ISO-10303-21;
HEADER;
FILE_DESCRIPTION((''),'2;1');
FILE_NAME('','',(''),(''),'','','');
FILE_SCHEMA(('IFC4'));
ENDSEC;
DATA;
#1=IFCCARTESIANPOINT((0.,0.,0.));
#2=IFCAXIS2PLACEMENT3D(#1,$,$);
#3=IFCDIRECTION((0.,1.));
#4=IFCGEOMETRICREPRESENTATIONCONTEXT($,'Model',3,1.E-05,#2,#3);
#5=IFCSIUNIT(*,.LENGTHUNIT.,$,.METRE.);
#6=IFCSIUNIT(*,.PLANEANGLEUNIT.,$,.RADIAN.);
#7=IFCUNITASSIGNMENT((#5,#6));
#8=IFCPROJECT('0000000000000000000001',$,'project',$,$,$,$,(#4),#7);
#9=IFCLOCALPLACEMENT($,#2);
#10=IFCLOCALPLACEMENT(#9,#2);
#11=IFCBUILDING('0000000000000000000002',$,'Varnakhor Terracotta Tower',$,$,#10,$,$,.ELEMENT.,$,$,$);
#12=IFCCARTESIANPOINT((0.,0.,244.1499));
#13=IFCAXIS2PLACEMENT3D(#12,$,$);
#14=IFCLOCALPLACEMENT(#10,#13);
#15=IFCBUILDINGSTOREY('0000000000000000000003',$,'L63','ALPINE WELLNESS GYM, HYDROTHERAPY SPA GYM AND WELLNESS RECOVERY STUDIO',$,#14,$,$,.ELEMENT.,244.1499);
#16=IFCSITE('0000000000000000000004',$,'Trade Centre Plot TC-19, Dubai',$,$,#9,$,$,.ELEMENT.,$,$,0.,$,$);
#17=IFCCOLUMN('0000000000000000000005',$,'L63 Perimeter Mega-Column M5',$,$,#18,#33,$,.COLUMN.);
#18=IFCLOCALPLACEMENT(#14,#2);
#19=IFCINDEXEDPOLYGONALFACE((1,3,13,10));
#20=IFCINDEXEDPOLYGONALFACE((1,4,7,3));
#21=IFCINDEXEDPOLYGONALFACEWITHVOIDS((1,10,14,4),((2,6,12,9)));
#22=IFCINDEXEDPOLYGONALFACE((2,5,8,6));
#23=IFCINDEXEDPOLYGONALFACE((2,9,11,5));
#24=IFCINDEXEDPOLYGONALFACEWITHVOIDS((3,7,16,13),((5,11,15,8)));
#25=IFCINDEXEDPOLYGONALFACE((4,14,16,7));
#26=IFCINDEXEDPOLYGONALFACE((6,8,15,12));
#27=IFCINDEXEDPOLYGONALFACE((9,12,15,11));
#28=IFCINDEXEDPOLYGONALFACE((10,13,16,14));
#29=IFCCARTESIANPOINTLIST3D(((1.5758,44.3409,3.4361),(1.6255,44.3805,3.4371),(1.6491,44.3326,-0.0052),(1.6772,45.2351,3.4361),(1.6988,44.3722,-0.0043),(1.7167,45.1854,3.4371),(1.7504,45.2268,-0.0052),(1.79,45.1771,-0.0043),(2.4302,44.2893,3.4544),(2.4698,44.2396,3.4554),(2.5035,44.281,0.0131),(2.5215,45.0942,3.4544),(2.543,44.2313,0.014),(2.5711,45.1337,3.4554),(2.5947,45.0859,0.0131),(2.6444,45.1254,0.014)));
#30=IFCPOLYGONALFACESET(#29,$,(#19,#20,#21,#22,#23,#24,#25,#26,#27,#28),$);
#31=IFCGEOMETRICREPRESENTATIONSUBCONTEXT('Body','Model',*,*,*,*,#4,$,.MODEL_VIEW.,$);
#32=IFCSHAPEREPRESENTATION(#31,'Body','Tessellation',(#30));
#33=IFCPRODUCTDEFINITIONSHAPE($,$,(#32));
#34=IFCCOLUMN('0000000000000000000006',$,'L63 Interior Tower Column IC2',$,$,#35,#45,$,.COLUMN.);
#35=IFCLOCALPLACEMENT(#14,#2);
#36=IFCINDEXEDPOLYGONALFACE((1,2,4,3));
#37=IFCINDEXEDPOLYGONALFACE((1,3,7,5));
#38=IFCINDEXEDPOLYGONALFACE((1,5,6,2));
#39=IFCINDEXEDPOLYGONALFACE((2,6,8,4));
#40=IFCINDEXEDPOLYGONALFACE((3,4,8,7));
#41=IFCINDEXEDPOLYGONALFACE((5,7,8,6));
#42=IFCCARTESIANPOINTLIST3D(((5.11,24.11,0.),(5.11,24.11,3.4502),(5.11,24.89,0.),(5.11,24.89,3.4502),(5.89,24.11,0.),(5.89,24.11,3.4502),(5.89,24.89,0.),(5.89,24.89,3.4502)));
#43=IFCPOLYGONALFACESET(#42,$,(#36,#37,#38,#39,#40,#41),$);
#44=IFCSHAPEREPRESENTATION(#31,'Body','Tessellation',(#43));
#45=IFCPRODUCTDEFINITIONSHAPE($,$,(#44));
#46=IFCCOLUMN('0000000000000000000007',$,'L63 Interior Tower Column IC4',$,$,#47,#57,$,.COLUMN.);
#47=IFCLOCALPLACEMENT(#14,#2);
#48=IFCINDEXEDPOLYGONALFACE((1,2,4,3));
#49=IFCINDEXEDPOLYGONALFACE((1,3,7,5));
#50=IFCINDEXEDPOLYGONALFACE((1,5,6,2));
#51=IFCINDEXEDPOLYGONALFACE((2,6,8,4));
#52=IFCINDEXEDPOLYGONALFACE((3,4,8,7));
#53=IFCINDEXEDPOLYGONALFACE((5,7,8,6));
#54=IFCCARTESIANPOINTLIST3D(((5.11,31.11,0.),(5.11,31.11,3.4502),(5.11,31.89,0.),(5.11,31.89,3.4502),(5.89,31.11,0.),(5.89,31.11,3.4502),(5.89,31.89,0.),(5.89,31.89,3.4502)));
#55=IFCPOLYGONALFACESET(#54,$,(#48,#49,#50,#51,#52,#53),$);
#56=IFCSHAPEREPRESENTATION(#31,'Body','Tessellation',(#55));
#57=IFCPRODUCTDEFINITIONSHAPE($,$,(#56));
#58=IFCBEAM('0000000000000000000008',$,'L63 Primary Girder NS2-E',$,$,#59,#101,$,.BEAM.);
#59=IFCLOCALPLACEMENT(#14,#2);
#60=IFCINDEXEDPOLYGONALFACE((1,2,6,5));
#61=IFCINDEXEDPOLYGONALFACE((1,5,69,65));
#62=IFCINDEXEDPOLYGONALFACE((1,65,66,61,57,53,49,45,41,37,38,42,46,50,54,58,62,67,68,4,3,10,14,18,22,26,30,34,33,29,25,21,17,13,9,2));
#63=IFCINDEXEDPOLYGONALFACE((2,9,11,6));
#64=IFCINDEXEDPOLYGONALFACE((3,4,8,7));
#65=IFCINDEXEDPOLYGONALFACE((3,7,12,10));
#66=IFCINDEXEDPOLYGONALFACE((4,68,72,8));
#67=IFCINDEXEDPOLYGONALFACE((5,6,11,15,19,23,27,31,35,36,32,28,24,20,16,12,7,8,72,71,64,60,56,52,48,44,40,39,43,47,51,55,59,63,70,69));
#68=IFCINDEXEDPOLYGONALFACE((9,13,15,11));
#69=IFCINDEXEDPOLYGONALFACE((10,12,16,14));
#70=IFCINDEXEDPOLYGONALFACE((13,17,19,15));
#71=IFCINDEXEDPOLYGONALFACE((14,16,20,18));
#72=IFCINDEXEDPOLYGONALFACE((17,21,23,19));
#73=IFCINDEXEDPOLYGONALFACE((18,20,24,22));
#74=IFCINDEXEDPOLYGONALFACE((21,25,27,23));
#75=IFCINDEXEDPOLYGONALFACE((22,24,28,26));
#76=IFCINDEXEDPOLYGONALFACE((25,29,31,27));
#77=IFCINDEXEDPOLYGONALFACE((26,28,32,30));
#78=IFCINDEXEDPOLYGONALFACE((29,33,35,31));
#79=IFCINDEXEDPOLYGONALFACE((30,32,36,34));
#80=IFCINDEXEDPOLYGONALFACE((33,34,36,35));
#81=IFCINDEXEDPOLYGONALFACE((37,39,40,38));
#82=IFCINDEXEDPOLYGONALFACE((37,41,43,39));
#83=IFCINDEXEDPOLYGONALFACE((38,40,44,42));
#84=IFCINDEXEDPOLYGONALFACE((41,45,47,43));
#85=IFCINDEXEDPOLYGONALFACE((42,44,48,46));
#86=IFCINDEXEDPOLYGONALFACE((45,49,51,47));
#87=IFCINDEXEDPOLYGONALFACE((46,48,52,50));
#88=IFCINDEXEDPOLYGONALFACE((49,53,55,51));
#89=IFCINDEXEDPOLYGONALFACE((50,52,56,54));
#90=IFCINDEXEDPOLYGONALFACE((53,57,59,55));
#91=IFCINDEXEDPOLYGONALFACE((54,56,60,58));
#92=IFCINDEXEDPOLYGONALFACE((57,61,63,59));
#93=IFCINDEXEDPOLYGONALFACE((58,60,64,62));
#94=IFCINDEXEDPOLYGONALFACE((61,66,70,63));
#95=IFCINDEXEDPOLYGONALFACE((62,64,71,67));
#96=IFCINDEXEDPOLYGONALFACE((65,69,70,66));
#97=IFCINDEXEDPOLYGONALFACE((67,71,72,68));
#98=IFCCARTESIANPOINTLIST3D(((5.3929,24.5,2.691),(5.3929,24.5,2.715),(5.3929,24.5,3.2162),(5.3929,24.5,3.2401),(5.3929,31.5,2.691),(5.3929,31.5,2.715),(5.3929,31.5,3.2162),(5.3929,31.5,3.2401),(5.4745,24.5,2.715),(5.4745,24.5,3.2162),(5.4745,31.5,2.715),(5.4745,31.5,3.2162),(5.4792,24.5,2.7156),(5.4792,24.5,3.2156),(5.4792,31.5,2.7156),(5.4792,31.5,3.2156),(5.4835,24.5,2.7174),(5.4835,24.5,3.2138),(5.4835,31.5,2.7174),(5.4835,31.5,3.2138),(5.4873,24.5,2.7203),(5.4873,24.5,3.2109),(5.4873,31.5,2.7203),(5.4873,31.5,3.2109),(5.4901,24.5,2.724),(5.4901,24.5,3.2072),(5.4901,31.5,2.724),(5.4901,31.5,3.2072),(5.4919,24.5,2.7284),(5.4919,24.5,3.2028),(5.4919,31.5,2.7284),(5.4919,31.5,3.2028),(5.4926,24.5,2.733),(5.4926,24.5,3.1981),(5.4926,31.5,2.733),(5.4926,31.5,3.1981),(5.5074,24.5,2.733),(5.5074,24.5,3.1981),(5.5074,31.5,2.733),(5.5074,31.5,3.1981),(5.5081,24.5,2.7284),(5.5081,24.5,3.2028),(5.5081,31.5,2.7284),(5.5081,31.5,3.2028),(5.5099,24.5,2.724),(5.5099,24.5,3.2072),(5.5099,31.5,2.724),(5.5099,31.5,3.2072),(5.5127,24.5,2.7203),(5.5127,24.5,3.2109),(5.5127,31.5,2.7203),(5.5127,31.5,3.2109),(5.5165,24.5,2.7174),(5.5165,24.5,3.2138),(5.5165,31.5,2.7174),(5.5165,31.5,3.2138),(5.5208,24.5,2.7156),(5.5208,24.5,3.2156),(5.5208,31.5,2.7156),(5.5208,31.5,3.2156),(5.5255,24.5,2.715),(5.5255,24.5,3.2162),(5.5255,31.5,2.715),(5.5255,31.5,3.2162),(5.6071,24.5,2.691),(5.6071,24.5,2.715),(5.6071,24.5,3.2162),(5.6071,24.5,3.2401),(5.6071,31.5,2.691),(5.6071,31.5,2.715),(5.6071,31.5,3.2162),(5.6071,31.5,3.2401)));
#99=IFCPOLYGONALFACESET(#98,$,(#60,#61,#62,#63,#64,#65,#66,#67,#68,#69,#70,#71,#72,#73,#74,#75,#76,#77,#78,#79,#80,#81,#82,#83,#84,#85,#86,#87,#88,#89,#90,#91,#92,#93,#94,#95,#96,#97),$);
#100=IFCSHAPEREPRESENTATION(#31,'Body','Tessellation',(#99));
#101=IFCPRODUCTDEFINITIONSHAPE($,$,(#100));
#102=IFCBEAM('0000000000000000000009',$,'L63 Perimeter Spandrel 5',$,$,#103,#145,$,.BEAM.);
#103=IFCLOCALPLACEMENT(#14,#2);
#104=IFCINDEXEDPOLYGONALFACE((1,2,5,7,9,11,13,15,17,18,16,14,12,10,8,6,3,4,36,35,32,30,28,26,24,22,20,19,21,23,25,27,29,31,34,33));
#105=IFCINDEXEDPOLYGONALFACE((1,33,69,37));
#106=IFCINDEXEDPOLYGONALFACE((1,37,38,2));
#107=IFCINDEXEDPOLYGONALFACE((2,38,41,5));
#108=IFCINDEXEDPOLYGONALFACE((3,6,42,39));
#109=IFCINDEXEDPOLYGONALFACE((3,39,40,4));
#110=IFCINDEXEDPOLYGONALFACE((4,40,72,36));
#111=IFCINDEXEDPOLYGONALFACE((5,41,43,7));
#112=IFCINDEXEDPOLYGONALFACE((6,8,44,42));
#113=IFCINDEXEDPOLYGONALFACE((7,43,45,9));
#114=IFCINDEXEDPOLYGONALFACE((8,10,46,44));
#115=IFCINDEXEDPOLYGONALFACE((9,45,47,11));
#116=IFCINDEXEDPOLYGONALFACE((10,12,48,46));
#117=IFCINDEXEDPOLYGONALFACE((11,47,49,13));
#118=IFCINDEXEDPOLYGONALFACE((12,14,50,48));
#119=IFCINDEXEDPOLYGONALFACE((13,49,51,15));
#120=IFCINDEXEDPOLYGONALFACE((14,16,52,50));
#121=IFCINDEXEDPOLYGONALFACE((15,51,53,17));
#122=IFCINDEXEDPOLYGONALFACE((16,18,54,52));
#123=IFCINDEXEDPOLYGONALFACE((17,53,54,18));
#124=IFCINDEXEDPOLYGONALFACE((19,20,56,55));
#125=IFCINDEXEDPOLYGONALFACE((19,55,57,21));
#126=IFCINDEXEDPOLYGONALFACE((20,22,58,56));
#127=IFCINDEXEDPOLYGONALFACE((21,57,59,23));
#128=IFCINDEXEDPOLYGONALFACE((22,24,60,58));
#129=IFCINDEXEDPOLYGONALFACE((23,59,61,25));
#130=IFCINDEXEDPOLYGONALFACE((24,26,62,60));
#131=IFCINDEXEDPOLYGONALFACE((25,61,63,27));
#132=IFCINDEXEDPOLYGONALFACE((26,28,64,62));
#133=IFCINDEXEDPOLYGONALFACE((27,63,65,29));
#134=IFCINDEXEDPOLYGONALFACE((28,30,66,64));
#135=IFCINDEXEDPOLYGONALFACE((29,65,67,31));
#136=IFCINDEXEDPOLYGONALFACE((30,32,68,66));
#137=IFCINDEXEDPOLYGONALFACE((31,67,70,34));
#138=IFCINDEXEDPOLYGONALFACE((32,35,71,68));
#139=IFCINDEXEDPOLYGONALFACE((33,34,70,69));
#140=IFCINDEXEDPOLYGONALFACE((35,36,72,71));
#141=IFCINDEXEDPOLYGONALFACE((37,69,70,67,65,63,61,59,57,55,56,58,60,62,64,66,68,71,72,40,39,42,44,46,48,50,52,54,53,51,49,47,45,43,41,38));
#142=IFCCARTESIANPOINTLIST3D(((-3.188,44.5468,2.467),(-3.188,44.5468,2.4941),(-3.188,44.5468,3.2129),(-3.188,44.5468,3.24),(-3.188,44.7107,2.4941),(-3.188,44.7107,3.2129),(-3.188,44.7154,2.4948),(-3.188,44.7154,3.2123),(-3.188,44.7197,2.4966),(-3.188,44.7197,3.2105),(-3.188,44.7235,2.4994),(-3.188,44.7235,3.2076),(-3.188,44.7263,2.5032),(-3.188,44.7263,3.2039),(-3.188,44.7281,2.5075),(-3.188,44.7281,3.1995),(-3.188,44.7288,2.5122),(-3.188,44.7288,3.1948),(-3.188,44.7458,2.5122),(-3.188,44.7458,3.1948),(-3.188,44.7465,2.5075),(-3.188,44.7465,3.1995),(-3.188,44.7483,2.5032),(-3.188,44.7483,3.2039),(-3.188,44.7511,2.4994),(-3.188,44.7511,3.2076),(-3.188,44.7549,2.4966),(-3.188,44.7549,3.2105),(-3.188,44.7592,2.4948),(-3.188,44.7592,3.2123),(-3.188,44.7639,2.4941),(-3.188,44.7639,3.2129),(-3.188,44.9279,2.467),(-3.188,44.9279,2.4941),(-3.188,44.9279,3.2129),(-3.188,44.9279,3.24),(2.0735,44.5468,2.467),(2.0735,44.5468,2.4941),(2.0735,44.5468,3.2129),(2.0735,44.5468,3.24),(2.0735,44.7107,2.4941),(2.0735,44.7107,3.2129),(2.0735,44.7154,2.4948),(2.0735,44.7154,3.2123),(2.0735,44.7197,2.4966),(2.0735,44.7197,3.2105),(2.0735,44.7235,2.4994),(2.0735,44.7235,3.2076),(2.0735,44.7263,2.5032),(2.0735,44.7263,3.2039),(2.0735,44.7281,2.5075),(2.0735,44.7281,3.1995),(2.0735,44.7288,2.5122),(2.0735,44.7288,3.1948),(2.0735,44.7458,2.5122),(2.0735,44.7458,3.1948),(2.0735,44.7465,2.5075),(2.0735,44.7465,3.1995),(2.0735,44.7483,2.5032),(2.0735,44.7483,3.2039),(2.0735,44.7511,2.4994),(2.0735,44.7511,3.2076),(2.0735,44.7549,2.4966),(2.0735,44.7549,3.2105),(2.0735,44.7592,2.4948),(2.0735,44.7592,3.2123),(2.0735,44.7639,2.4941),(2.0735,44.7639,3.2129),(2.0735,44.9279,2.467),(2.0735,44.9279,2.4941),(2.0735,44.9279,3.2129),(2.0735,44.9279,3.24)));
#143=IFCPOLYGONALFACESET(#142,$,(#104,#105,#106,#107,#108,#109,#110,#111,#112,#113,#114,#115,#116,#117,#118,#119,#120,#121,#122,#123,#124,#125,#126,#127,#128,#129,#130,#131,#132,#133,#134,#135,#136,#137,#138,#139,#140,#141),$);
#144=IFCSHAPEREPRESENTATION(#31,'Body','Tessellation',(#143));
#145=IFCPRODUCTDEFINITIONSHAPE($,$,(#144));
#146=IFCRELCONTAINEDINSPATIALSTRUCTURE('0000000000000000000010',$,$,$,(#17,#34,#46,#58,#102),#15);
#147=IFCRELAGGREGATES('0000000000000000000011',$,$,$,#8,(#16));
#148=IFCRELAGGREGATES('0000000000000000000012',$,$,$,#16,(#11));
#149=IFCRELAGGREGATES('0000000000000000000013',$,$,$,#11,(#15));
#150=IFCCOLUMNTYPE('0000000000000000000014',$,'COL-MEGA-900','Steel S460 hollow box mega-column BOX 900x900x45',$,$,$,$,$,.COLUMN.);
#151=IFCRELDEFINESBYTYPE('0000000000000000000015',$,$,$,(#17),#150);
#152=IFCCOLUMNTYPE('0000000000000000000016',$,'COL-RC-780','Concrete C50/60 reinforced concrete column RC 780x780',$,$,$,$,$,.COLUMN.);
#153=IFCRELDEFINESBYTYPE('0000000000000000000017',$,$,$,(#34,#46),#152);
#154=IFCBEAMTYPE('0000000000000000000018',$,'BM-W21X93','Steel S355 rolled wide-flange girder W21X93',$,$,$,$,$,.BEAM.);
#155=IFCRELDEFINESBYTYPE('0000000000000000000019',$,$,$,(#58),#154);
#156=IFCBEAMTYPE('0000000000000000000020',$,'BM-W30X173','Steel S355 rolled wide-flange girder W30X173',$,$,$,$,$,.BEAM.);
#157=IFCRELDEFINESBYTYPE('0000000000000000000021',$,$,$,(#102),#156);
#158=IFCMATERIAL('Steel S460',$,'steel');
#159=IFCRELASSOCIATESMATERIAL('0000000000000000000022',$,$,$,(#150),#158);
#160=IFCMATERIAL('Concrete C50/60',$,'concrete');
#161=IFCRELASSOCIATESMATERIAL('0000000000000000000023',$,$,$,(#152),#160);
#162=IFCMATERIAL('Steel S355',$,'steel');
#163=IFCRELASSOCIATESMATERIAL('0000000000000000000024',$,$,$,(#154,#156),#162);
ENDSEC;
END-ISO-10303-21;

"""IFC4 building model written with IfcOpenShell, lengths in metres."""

from ifc_helpers import new_model, si_unit, direction, frame, origin, origin_2d, place, context, subcontext, project, spatial, rectangle, hollow_rectangle, i_section, extrude, source, transform, mapped, material, material_profile, profile_set, type_object, element, save


model = new_model("IFC4")

# Units and contexts
model_context = context("Model", 3, precision=1e-05, world=origin(), true_north=direction((0.0, 1.0)))
body_context = subcontext(model_context, "Body", "Model", "MODEL_VIEW")
ifc_project = project(units=[si_unit("LENGTHUNIT", "METRE"), si_unit("PLANEANGLEUNIT", "RADIAN")], contexts=[model_context])

# Site, building, storey
site_placement = place(None, origin())
site = spatial("IfcSite", under=ifc_project, at=site_placement, Name="Trade Centre Plot TC-19, Dubai", CompositionType="ELEMENT", RefElevation=0.0)
building_placement = place(site_placement, origin())
building = spatial("IfcBuilding", under=site, at=building_placement, Name="Varnakhor Terracotta Tower", CompositionType="ELEMENT")
storey_placement = place(building_placement, frame((0.0, 0.0, 244.1499)))
storey = spatial("IfcBuildingStorey", under=building, at=storey_placement, Name="L63", Description="ALPINE WELLNESS GYM, HYDROTHERAPY SPA GYM AND WELLNESS RECOVERY STUDIO", CompositionType="ELEMENT", Elevation=244.1499)

# Columns
ifc_material_1 = material(Name="Steel S460", Category="steel")
ifc_material_profile_1 = material_profile(ifc_material_1, hollow_rectangle(XDim=0.8999, YDim=0.8999, WallThickness=0.0449, at=origin_2d()), Name="BOX 900x900x45")
ifc_profile_set_1 = profile_set([ifc_material_profile_1], Name="Steel S460")
column_type_1 = type_object("IfcColumnType", Name="COL-MEGA-900", Description="Steel S460 hollow box mega-column BOX 900x900x45", PredefinedType="COLUMN", material=ifc_profile_set_1)
shared_shape_1 = source(origin(), body_context, "Body", "SweptSolid", [
    extrude(hollow_rectangle(XDim=0.8999, YDim=0.8999, WallThickness=0.0449, at=origin_2d()), origin(), (0.0, 0.0, 1.0), 3.4421),
])
column_placement = place(storey_placement, frame((2.1467, 44.729, 0.0044), z_axis=(-0.021278, 0.002411, 0.999771), x_axis=(-0.112612, -0.993639, 0.0)))
element("IfcColumn", 1, at=column_placement, inside=storey, type_object=column_type_1, Name="L63 Perimeter Mega-Column M5", PredefinedType="COLUMN", context=body_context, shape_type="MappedRepresentation", body=[
    mapped(shared_shape_1, transform((0.0, 0.0, 0.0), scale=1.0)),
])
ifc_material_2 = material(Name="Concrete C50/60", Category="concrete")
ifc_material_profile_2 = material_profile(ifc_material_2, rectangle(XDim=0.78, YDim=0.78, at=origin_2d()), Name="RC 780x780")
ifc_profile_set_2 = profile_set([ifc_material_profile_2], Name="Concrete C50/60")
column_type_2 = type_object("IfcColumnType", Name="COL-RC-780", Description="Concrete C50/60 reinforced concrete column RC 780x780", PredefinedType="COLUMN", material=ifc_profile_set_2)
shared_shape_2 = source(origin(), body_context, "Body", "SweptSolid", [
    extrude(rectangle(XDim=0.78, YDim=0.78, at=origin_2d()), origin(), (0.0, 0.0, 1.0), 3.4502),
])
for number, where, z_axis, x_axis, name in (
    (2, (5.5, 24.5, 0.0), (0.0, 0.0, 1.0), (1.0, 0.0, 0.0), "L63 Interior Tower Column IC2"),
    (3, (5.5, 31.5, 0.0), (0.0, 0.0, 1.0), (1.0, 0.0, 0.0), "L63 Interior Tower Column IC4"),
):
    element("IfcColumn", number, at=place(storey_placement, frame(where, z_axis=z_axis, x_axis=x_axis)), inside=storey, type_object=column_type_2, Name=name, PredefinedType="COLUMN", context=body_context, shape_type="MappedRepresentation", body=[
        mapped(shared_shape_2, transform((0.0, 0.0, 0.0), scale=1.0)),
    ])

# Beams
ifc_material_3 = material(Name="Steel S355", Category="steel")
ifc_material_profile_3 = material_profile(ifc_material_3, i_section(OverallWidth=0.2141, OverallDepth=0.5491, WebThickness=0.0149, FlangeThickness=0.0239, FilletRadius=0.0181, at=origin_2d()), Name="W21X93")
ifc_profile_set_3 = profile_set([ifc_material_profile_3], Name="Steel S355")
beam_type_1 = type_object("IfcBeamType", Name="BM-W21X93", Description="Steel S355 rolled wide-flange girder W21X93", PredefinedType="BEAM", material=ifc_profile_set_3)
shared_shape_3 = source(origin(), body_context, "Body", "SweptSolid", [
    extrude(i_section(OverallWidth=0.2141, OverallDepth=0.5491, WebThickness=0.0149, FlangeThickness=0.0239, FilletRadius=0.0181, at=origin_2d()), origin(), (0.0, 0.0, 1.0), 7.0),
])
beam_1_placement = place(storey_placement, frame((5.5, 24.5, 2.9656), z_axis=(0.0, 1.0, 0.0), x_axis=(-1.0, 0.0, 0.0)))
element("IfcBeam", 4, at=beam_1_placement, inside=storey, type_object=beam_type_1, Name="L63 Primary Girder NS2-E", PredefinedType="BEAM", context=body_context, shape_type="MappedRepresentation", body=[
    mapped(shared_shape_3, transform((0.0, 0.0, 0.0), scale=1.0)),
])
ifc_material_profile_4 = material_profile(ifc_material_3, i_section(OverallWidth=0.3811, OverallDepth=0.7729, WebThickness=0.0171, FlangeThickness=0.0271, FilletRadius=0.0181, at=origin_2d()), Name="W30X173")
ifc_profile_set_4 = profile_set([ifc_material_profile_4], Name="Steel S355")
beam_type_2 = type_object("IfcBeamType", Name="BM-W30X173", Description="Steel S355 rolled wide-flange girder W30X173", PredefinedType="BEAM", material=ifc_profile_set_4)
shared_shape_4 = source(origin(), body_context, "Body", "SweptSolid", [
    extrude(i_section(OverallWidth=0.3811, OverallDepth=0.7729, WebThickness=0.0171, FlangeThickness=0.0271, FilletRadius=0.0181, at=origin_2d()), origin(), (0.0, 0.0, 1.0), 5.2615),
])
beam_2_placement = place(storey_placement, frame((2.0735, 44.7373, 2.8535), z_axis=(-1.0, 0.0, 0.0), x_axis=(0.0, -1.0, 0.0)))
element("IfcBeam", 5, at=beam_2_placement, inside=storey, type_object=beam_type_2, Name="L63 Perimeter Spandrel 5", PredefinedType="BEAM", context=body_context, shape_type="MappedRepresentation", body=[
    mapped(shared_shape_4, transform((0.0, 0.0, 0.0), scale=1.0)),
])

save(model, "model.ifc")
